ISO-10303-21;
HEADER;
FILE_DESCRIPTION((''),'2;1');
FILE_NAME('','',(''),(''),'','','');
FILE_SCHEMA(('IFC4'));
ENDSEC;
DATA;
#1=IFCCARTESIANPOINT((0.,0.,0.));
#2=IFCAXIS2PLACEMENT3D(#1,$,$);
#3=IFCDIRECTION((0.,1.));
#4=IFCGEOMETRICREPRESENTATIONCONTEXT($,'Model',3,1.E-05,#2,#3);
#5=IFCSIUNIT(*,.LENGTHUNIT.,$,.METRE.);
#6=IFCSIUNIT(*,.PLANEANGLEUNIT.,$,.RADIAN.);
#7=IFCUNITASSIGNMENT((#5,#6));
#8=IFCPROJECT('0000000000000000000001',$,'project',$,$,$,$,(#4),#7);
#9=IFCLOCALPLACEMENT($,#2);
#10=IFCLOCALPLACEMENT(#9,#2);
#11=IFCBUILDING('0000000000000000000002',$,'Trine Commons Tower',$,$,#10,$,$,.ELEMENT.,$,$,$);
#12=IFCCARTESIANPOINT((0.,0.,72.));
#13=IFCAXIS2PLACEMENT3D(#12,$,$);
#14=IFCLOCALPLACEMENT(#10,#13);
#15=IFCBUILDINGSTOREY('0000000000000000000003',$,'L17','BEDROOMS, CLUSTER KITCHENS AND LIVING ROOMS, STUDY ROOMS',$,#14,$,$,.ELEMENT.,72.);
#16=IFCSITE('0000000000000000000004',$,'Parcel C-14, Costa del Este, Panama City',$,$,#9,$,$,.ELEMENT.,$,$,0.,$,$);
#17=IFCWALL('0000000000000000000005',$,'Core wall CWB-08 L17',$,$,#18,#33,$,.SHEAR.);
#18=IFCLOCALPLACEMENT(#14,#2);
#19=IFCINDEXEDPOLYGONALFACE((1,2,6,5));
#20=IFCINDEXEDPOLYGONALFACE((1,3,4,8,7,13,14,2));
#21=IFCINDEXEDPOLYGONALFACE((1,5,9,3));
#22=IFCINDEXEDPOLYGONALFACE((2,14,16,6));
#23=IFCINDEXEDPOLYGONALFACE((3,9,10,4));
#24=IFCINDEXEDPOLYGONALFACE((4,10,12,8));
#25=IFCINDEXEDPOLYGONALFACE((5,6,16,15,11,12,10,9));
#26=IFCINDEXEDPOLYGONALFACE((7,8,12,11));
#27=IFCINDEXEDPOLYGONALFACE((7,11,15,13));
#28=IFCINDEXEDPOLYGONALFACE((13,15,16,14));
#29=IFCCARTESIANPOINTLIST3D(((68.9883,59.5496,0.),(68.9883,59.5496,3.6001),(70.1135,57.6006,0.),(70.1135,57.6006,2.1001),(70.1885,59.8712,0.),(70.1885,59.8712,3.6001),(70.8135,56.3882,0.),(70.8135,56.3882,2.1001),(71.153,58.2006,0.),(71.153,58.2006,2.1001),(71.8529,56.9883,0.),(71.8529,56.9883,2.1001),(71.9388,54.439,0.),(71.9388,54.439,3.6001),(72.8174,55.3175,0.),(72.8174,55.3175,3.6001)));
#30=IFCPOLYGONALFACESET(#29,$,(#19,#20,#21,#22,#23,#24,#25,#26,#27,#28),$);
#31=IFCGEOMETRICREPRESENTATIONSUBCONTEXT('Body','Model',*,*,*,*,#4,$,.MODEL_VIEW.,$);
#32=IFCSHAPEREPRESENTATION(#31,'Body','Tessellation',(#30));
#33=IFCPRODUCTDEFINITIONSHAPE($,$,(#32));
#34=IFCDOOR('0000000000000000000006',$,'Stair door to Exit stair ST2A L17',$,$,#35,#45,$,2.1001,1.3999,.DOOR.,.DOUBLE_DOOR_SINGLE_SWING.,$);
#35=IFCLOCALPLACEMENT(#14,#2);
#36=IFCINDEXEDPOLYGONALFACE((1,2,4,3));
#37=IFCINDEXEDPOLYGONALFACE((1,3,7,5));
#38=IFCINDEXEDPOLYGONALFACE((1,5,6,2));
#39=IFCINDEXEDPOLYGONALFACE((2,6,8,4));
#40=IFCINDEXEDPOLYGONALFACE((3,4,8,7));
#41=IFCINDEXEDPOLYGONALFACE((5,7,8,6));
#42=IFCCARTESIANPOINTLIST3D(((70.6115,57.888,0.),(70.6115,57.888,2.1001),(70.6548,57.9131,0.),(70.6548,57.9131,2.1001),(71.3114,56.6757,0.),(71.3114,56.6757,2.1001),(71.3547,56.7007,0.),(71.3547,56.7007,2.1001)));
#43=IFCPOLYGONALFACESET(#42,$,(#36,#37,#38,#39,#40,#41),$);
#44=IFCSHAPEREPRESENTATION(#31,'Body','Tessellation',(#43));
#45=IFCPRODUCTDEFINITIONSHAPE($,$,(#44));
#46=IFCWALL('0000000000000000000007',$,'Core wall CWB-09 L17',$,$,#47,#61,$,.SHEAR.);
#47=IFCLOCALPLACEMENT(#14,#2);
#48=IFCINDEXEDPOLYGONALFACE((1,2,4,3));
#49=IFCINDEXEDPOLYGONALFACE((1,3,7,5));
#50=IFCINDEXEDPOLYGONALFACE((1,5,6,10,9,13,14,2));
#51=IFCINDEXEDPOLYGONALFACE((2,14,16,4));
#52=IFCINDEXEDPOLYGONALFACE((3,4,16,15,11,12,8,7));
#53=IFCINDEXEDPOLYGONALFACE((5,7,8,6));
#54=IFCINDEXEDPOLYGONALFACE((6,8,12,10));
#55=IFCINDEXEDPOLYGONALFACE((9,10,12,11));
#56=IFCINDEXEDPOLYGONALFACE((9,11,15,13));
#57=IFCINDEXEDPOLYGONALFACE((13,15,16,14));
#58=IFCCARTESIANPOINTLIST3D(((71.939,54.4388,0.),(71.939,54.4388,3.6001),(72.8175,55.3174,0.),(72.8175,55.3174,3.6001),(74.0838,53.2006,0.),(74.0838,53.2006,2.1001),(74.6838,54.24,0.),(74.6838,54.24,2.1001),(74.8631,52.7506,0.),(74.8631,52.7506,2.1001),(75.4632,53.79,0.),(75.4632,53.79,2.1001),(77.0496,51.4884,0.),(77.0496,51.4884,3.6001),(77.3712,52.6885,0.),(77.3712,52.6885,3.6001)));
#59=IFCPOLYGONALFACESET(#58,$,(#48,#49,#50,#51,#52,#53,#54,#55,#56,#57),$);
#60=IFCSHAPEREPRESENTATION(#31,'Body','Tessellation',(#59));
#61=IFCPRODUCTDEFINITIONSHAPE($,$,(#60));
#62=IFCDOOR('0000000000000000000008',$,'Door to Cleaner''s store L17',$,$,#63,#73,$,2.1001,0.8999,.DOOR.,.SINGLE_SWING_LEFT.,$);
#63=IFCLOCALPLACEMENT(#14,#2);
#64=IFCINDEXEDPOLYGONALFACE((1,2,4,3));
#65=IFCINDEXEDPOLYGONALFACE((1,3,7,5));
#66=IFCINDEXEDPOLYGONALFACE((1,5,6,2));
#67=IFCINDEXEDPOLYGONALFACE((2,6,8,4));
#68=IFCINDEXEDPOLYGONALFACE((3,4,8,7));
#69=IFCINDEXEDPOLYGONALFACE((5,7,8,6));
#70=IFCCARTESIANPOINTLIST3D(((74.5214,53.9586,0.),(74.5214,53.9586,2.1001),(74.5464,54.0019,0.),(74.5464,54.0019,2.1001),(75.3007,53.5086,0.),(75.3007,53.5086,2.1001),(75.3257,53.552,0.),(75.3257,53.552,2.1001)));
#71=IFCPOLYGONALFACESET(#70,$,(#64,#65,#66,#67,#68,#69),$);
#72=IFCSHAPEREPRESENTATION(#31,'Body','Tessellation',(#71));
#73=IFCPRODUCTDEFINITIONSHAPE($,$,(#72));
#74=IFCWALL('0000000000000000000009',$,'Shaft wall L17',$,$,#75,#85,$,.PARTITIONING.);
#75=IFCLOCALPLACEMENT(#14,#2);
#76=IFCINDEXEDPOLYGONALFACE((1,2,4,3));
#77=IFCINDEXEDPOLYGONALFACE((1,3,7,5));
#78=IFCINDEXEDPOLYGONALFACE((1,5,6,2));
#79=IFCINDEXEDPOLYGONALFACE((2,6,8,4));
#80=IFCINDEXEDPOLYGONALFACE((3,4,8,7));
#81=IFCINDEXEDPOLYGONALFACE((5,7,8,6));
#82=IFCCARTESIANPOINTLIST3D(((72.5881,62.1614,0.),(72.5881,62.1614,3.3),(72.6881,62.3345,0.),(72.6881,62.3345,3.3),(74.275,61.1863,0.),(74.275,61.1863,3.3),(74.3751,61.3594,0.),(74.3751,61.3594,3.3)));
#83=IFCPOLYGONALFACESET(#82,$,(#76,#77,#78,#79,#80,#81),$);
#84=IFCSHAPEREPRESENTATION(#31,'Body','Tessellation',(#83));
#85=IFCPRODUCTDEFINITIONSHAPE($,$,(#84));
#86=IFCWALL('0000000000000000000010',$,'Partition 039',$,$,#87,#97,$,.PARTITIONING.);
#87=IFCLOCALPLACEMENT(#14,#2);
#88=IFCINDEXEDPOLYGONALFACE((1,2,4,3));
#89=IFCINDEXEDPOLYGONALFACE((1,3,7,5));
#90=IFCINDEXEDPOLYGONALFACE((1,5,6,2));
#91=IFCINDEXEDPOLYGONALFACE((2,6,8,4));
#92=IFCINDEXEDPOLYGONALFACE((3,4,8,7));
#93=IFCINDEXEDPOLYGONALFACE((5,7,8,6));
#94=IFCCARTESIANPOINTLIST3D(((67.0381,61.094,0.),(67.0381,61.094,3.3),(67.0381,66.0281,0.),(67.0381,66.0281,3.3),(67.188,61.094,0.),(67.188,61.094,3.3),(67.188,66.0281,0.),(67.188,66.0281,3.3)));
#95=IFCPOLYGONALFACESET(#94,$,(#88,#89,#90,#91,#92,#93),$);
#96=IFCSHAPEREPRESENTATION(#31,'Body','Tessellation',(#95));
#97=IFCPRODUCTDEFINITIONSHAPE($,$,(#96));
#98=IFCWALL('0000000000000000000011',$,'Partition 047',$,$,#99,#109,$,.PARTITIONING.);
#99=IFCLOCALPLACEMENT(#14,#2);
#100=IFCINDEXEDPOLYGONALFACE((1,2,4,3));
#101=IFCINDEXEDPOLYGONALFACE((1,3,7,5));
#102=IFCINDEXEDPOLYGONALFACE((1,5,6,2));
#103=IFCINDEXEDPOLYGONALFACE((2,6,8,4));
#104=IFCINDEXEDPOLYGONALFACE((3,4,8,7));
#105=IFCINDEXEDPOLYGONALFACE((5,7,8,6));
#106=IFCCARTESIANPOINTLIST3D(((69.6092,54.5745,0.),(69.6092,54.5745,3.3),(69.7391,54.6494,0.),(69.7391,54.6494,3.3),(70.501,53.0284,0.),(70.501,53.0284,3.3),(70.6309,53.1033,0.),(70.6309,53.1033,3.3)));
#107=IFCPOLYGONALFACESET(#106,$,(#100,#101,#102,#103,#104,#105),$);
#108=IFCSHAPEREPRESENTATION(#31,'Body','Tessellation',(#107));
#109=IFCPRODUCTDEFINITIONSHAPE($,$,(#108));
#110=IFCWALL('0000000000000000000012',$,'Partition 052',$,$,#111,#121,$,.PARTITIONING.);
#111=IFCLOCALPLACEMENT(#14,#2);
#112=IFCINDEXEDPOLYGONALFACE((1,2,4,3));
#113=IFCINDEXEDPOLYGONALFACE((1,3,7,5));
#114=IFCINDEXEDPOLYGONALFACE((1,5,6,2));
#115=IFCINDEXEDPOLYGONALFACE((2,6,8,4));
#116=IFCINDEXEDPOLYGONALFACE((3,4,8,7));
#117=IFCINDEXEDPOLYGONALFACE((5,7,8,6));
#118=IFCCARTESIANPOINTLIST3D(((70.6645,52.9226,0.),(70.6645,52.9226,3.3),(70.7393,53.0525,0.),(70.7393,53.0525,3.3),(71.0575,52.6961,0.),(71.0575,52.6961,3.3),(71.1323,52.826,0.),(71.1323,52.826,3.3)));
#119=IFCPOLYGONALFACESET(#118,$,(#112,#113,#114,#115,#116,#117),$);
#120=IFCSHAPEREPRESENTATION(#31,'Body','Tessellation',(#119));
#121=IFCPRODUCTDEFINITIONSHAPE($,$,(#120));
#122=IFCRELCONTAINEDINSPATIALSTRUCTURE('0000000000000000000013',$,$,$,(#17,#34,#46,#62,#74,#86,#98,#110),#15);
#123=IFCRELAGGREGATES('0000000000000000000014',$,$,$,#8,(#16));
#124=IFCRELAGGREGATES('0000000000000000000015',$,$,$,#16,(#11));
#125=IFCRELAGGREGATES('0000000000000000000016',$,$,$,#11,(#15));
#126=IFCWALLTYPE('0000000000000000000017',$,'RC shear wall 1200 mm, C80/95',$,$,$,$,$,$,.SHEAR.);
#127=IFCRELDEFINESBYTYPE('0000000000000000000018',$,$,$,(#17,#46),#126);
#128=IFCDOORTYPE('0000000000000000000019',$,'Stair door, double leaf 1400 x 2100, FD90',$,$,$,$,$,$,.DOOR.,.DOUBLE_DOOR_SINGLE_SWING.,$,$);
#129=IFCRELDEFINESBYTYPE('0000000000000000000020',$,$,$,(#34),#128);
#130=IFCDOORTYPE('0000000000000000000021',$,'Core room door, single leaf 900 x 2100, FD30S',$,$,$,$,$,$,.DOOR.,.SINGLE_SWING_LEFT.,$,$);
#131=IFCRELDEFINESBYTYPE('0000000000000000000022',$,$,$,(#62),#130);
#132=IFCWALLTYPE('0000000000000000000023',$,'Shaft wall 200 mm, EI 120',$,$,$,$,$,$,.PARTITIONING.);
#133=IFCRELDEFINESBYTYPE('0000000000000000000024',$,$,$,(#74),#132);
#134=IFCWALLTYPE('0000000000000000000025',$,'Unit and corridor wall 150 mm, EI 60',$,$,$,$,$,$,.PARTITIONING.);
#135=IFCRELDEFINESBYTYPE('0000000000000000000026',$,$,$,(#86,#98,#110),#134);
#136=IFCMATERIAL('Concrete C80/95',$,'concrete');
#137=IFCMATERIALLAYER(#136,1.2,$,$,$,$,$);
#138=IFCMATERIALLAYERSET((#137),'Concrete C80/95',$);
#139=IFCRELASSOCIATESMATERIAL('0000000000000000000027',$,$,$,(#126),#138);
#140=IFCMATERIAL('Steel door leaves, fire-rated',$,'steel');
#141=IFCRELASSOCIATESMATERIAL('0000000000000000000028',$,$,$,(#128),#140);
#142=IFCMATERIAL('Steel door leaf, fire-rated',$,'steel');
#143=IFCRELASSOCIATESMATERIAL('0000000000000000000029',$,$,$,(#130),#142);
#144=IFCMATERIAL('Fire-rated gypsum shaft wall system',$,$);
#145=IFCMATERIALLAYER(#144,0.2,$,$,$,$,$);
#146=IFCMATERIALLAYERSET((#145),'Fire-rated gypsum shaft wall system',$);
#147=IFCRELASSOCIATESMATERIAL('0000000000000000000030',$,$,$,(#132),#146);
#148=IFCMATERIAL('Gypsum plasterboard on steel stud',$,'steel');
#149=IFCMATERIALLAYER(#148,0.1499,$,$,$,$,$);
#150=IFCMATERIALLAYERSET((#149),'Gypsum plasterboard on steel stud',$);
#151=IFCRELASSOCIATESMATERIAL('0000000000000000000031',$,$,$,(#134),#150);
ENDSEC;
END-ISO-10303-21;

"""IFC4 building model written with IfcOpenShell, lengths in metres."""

from ifc_helpers import new_model, si_unit, direction, frame, frame_2d, origin, place, context, subcontext, project, spatial, polyline, rectangle, outline, extrude, material, layer, layer_set, type_object, element, fill, save


model = new_model("IFC4")

# Units and contexts
model_context = context("Model", 3, precision=1e-05, world=origin(), true_north=direction((0.0, 1.0)))
body_context = subcontext(model_context, "Body", "Model", "MODEL_VIEW")
ifc_project = project(units=[si_unit("LENGTHUNIT", "METRE"), si_unit("PLANEANGLEUNIT", "RADIAN")], contexts=[model_context])

# Site, building, storey
site_placement = place(None, origin())
site = spatial("IfcSite", under=ifc_project, at=site_placement, Name="Parcel C-14, Costa del Este, Panama City", CompositionType="ELEMENT", RefElevation=0.0)
building_placement = place(site_placement, origin())
building = spatial("IfcBuilding", under=site, at=building_placement, Name="Trine Commons Tower", CompositionType="ELEMENT")
storey_placement = place(building_placement, frame((0.0, 0.0, 72.0)))
storey = spatial("IfcBuildingStorey", under=building, at=storey_placement, Name="L17", Description="BEDROOMS, CLUSTER KITCHENS AND LIVING ROOMS, STUDY ROOMS", CompositionType="ELEMENT", Elevation=72.0)

# Walls, openings, doors
ifc_material_1 = material(Name="Concrete C80/95", Category="concrete")
ifc_layer_1 = layer(ifc_material_1, 1.2)
ifc_layer_set_1 = layer_set([ifc_layer_1], Name="Concrete C80/95")
wall_type_1 = type_object("IfcWallType", Name="RC shear wall 1200 mm, C80/95", PredefinedType="SHEAR", material=ifc_layer_set_1)
wall_1_placement = place(storey_placement, frame((69.5081, 59.8496, 0.0), z_axis=(0.0, 0.0, 1.0), x_axis=(0.499979, -0.866037, 0.0)))
wall_1 = element("IfcWall", 1, at=wall_1_placement, inside=storey, type_object=wall_type_1, Name="Core wall CWB-08 L17", PredefinedType="SHEAR", context=body_context, shape_type="SweptSolid", body=[
    extrude(outline(polyline([(0.0, -0.6001), (5.9011, -0.6001), (5.5796, 0.6001), (0.3215, 0.6001), (0.0, -0.6001)])), origin(), (0.0, 0.0, 1.0), 3.6001),
])
opening_1_placement = place(wall_1_placement, frame((2.2505, 0.0, 0.0)))
opening_1 = element("IfcOpeningElement", 2, at=opening_1_placement, cuts=wall_1, PredefinedType="OPENING", context=body_context, shape_type="SweptSolid", body=[
    extrude(rectangle(XDim=1.3999, YDim=2.1001, at=frame_2d((0.7, 1.05))), frame((0.0, 0.6099, 0.0), z_axis=(0.0, -1.0, 0.0), x_axis=(1.0, 0.0, 0.0)), (0.0, 0.0, 1.0), 1.22),
])
ifc_material_2 = material(Name="Steel door leaves, fire-rated", Category="steel")
door_type_1 = type_object("IfcDoorType", Name="Stair door, double leaf 1400 x 2100, FD90", OperationType="DOUBLE_DOOR_SINGLE_SWING", PredefinedType="DOOR", material=ifc_material_2)
door_1_placement = place(opening_1_placement, origin())
door_1 = element("IfcDoor", 3, at=door_1_placement, inside=storey, type_object=door_type_1, Name="Stair door to Exit stair ST2A L17", OperationType="DOUBLE_DOOR_SINGLE_SWING", OverallHeight=2.1001, OverallWidth=1.3999, PredefinedType="DOOR", context=body_context, shape_type="SweptSolid", body=[
    extrude(rectangle(XDim=1.3999, YDim=2.1001, at=frame_2d((0.7, 1.05))), frame((0.0, 0.0249, 0.0), z_axis=(0.0, -1.0, 0.0), x_axis=(1.0, 0.0, 0.0)), (0.0, 0.0, 1.0), 0.05),
])
fill(opening_1, door_1)
wall_2_placement = place(storey_placement, frame((72.239, 54.9585, 0.0), z_axis=(0.0, 0.0, 1.0), x_axis=(0.866037, -0.499979, 0.0)))
wall_2 = element("IfcWall", 4, at=wall_2_placement, inside=storey, type_object=wall_type_1, Name="Core wall CWB-09 L17", PredefinedType="SHEAR", context=body_context, shape_type="SweptSolid", body=[
    extrude(outline(polyline([(0.0, -0.6001), (5.9011, -0.6001), (5.5796, 0.6001), (0.3215, 0.6001), (0.0, -0.6001)])), origin(), (0.0, 0.0, 1.0), 3.6001),
])
opening_2_placement = place(wall_2_placement, frame((2.4766, 0.0, 0.0)))
opening_2 = element("IfcOpeningElement", 5, at=opening_2_placement, cuts=wall_2, PredefinedType="OPENING", context=body_context, shape_type="SweptSolid", body=[
    extrude(rectangle(XDim=0.8999, YDim=2.1001, at=frame_2d((0.45, 1.05))), frame((0.0, 0.6099, 0.0), z_axis=(0.0, -1.0, 0.0), x_axis=(1.0, 0.0, 0.0)), (0.0, 0.0, 1.0), 1.22),
])
ifc_material_3 = material(Name="Steel door leaf, fire-rated", Category="steel")
door_type_2 = type_object("IfcDoorType", Name="Core room door, single leaf 900 x 2100, FD30S", OperationType="SINGLE_SWING_LEFT", PredefinedType="DOOR", material=ifc_material_3)
door_2_placement = place(opening_2_placement, origin())
door_2 = element("IfcDoor", 6, at=door_2_placement, inside=storey, type_object=door_type_2, Name="Door to Cleaner's store L17", OperationType="SINGLE_SWING_LEFT", OverallHeight=2.1001, OverallWidth=0.8999, PredefinedType="DOOR", context=body_context, shape_type="SweptSolid", body=[
    extrude(rectangle(XDim=0.8999, YDim=2.1001, at=frame_2d((0.45, 1.05))), frame((0.0, 0.3252, 0.0), z_axis=(0.0, -1.0, 0.0), x_axis=(1.0, 0.0, 0.0)), (0.0, 0.0, 1.0), 0.05),
])
fill(opening_2, door_2)

# Walls
ifc_material_4 = material(Name="Fire-rated gypsum shaft wall system")
ifc_layer_2 = layer(ifc_material_4, 0.2)
ifc_layer_set_2 = layer_set([ifc_layer_2], Name="Fire-rated gypsum shaft wall system")
wall_type_2 = type_object("IfcWallType", Name="Shaft wall 200 mm, EI 120", PredefinedType="PARTITIONING", material=ifc_layer_set_2)
wall_3_placement = place(storey_placement, frame((74.325, 61.2729, 0.0), z_axis=(0.0, 0.0, 1.0), x_axis=(-0.865781, 0.500424, 0.0)))
element("IfcWall", 7, at=wall_3_placement, inside=storey, type_object=wall_type_2, Name="Shaft wall L17", PredefinedType="PARTITIONING", context=body_context, shape_type="SweptSolid", body=[
    extrude(rectangle(XDim=1.9485, YDim=0.2, at=frame_2d((0.9741, 0.0))), origin(), (0.0, 0.0, 1.0), 3.3),
])
ifc_material_5 = material(Name="Gypsum plasterboard on steel stud", Category="steel")
ifc_layer_3 = layer(ifc_material_5, 0.1499)
ifc_layer_set_3 = layer_set([ifc_layer_3], Name="Gypsum plasterboard on steel stud")
wall_type_3 = type_object("IfcWallType", Name="Unit and corridor wall 150 mm, EI 60", PredefinedType="PARTITIONING", material=ifc_layer_set_3)
wall_4_placement = place(storey_placement, frame((67.113, 61.094, 0.0), z_axis=(0.0, 0.0, 1.0), x_axis=(0.0, 1.0, 0.0)))
element("IfcWall", 8, at=wall_4_placement, inside=storey, type_object=wall_type_3, Name="Partition 039", PredefinedType="PARTITIONING", context=body_context, shape_type="SweptSolid", body=[
    extrude(rectangle(XDim=4.9341, YDim=0.1499, at=frame_2d((2.467, 0.0))), origin(), (0.0, 0.0, 1.0), 3.3),
])
wall_5_placement = place(storey_placement, frame((69.6741, 54.6121, 0.0), z_axis=(0.0, 0.0, 1.0), x_axis=(0.499655, -0.866224, 0.0)))
element("IfcWall", 9, at=wall_5_placement, inside=storey, type_object=wall_type_3, Name="Partition 047", PredefinedType="PARTITIONING", context=body_context, shape_type="SweptSolid", body=[
    extrude(rectangle(XDim=1.7849, YDim=0.1499, at=frame_2d((0.8926, 0.0))), origin(), (0.0, 0.0, 1.0), 3.3),
])
wall_6_placement = place(storey_placement, frame((70.7019, 52.9875, 0.0), z_axis=(0.0, 0.0, 1.0), x_axis=(0.866383, -0.499381, 0.0)))
element("IfcWall", 10, at=wall_6_placement, inside=storey, type_object=wall_type_3, Name="Partition 052", PredefinedType="PARTITIONING", context=body_context, shape_type="SweptSolid", body=[
    extrude(rectangle(XDim=0.4536, YDim=0.1499, at=frame_2d((0.2268, 0.0))), origin(), (0.0, 0.0, 1.0), 3.3),
])

save(model, "model.ifc")
